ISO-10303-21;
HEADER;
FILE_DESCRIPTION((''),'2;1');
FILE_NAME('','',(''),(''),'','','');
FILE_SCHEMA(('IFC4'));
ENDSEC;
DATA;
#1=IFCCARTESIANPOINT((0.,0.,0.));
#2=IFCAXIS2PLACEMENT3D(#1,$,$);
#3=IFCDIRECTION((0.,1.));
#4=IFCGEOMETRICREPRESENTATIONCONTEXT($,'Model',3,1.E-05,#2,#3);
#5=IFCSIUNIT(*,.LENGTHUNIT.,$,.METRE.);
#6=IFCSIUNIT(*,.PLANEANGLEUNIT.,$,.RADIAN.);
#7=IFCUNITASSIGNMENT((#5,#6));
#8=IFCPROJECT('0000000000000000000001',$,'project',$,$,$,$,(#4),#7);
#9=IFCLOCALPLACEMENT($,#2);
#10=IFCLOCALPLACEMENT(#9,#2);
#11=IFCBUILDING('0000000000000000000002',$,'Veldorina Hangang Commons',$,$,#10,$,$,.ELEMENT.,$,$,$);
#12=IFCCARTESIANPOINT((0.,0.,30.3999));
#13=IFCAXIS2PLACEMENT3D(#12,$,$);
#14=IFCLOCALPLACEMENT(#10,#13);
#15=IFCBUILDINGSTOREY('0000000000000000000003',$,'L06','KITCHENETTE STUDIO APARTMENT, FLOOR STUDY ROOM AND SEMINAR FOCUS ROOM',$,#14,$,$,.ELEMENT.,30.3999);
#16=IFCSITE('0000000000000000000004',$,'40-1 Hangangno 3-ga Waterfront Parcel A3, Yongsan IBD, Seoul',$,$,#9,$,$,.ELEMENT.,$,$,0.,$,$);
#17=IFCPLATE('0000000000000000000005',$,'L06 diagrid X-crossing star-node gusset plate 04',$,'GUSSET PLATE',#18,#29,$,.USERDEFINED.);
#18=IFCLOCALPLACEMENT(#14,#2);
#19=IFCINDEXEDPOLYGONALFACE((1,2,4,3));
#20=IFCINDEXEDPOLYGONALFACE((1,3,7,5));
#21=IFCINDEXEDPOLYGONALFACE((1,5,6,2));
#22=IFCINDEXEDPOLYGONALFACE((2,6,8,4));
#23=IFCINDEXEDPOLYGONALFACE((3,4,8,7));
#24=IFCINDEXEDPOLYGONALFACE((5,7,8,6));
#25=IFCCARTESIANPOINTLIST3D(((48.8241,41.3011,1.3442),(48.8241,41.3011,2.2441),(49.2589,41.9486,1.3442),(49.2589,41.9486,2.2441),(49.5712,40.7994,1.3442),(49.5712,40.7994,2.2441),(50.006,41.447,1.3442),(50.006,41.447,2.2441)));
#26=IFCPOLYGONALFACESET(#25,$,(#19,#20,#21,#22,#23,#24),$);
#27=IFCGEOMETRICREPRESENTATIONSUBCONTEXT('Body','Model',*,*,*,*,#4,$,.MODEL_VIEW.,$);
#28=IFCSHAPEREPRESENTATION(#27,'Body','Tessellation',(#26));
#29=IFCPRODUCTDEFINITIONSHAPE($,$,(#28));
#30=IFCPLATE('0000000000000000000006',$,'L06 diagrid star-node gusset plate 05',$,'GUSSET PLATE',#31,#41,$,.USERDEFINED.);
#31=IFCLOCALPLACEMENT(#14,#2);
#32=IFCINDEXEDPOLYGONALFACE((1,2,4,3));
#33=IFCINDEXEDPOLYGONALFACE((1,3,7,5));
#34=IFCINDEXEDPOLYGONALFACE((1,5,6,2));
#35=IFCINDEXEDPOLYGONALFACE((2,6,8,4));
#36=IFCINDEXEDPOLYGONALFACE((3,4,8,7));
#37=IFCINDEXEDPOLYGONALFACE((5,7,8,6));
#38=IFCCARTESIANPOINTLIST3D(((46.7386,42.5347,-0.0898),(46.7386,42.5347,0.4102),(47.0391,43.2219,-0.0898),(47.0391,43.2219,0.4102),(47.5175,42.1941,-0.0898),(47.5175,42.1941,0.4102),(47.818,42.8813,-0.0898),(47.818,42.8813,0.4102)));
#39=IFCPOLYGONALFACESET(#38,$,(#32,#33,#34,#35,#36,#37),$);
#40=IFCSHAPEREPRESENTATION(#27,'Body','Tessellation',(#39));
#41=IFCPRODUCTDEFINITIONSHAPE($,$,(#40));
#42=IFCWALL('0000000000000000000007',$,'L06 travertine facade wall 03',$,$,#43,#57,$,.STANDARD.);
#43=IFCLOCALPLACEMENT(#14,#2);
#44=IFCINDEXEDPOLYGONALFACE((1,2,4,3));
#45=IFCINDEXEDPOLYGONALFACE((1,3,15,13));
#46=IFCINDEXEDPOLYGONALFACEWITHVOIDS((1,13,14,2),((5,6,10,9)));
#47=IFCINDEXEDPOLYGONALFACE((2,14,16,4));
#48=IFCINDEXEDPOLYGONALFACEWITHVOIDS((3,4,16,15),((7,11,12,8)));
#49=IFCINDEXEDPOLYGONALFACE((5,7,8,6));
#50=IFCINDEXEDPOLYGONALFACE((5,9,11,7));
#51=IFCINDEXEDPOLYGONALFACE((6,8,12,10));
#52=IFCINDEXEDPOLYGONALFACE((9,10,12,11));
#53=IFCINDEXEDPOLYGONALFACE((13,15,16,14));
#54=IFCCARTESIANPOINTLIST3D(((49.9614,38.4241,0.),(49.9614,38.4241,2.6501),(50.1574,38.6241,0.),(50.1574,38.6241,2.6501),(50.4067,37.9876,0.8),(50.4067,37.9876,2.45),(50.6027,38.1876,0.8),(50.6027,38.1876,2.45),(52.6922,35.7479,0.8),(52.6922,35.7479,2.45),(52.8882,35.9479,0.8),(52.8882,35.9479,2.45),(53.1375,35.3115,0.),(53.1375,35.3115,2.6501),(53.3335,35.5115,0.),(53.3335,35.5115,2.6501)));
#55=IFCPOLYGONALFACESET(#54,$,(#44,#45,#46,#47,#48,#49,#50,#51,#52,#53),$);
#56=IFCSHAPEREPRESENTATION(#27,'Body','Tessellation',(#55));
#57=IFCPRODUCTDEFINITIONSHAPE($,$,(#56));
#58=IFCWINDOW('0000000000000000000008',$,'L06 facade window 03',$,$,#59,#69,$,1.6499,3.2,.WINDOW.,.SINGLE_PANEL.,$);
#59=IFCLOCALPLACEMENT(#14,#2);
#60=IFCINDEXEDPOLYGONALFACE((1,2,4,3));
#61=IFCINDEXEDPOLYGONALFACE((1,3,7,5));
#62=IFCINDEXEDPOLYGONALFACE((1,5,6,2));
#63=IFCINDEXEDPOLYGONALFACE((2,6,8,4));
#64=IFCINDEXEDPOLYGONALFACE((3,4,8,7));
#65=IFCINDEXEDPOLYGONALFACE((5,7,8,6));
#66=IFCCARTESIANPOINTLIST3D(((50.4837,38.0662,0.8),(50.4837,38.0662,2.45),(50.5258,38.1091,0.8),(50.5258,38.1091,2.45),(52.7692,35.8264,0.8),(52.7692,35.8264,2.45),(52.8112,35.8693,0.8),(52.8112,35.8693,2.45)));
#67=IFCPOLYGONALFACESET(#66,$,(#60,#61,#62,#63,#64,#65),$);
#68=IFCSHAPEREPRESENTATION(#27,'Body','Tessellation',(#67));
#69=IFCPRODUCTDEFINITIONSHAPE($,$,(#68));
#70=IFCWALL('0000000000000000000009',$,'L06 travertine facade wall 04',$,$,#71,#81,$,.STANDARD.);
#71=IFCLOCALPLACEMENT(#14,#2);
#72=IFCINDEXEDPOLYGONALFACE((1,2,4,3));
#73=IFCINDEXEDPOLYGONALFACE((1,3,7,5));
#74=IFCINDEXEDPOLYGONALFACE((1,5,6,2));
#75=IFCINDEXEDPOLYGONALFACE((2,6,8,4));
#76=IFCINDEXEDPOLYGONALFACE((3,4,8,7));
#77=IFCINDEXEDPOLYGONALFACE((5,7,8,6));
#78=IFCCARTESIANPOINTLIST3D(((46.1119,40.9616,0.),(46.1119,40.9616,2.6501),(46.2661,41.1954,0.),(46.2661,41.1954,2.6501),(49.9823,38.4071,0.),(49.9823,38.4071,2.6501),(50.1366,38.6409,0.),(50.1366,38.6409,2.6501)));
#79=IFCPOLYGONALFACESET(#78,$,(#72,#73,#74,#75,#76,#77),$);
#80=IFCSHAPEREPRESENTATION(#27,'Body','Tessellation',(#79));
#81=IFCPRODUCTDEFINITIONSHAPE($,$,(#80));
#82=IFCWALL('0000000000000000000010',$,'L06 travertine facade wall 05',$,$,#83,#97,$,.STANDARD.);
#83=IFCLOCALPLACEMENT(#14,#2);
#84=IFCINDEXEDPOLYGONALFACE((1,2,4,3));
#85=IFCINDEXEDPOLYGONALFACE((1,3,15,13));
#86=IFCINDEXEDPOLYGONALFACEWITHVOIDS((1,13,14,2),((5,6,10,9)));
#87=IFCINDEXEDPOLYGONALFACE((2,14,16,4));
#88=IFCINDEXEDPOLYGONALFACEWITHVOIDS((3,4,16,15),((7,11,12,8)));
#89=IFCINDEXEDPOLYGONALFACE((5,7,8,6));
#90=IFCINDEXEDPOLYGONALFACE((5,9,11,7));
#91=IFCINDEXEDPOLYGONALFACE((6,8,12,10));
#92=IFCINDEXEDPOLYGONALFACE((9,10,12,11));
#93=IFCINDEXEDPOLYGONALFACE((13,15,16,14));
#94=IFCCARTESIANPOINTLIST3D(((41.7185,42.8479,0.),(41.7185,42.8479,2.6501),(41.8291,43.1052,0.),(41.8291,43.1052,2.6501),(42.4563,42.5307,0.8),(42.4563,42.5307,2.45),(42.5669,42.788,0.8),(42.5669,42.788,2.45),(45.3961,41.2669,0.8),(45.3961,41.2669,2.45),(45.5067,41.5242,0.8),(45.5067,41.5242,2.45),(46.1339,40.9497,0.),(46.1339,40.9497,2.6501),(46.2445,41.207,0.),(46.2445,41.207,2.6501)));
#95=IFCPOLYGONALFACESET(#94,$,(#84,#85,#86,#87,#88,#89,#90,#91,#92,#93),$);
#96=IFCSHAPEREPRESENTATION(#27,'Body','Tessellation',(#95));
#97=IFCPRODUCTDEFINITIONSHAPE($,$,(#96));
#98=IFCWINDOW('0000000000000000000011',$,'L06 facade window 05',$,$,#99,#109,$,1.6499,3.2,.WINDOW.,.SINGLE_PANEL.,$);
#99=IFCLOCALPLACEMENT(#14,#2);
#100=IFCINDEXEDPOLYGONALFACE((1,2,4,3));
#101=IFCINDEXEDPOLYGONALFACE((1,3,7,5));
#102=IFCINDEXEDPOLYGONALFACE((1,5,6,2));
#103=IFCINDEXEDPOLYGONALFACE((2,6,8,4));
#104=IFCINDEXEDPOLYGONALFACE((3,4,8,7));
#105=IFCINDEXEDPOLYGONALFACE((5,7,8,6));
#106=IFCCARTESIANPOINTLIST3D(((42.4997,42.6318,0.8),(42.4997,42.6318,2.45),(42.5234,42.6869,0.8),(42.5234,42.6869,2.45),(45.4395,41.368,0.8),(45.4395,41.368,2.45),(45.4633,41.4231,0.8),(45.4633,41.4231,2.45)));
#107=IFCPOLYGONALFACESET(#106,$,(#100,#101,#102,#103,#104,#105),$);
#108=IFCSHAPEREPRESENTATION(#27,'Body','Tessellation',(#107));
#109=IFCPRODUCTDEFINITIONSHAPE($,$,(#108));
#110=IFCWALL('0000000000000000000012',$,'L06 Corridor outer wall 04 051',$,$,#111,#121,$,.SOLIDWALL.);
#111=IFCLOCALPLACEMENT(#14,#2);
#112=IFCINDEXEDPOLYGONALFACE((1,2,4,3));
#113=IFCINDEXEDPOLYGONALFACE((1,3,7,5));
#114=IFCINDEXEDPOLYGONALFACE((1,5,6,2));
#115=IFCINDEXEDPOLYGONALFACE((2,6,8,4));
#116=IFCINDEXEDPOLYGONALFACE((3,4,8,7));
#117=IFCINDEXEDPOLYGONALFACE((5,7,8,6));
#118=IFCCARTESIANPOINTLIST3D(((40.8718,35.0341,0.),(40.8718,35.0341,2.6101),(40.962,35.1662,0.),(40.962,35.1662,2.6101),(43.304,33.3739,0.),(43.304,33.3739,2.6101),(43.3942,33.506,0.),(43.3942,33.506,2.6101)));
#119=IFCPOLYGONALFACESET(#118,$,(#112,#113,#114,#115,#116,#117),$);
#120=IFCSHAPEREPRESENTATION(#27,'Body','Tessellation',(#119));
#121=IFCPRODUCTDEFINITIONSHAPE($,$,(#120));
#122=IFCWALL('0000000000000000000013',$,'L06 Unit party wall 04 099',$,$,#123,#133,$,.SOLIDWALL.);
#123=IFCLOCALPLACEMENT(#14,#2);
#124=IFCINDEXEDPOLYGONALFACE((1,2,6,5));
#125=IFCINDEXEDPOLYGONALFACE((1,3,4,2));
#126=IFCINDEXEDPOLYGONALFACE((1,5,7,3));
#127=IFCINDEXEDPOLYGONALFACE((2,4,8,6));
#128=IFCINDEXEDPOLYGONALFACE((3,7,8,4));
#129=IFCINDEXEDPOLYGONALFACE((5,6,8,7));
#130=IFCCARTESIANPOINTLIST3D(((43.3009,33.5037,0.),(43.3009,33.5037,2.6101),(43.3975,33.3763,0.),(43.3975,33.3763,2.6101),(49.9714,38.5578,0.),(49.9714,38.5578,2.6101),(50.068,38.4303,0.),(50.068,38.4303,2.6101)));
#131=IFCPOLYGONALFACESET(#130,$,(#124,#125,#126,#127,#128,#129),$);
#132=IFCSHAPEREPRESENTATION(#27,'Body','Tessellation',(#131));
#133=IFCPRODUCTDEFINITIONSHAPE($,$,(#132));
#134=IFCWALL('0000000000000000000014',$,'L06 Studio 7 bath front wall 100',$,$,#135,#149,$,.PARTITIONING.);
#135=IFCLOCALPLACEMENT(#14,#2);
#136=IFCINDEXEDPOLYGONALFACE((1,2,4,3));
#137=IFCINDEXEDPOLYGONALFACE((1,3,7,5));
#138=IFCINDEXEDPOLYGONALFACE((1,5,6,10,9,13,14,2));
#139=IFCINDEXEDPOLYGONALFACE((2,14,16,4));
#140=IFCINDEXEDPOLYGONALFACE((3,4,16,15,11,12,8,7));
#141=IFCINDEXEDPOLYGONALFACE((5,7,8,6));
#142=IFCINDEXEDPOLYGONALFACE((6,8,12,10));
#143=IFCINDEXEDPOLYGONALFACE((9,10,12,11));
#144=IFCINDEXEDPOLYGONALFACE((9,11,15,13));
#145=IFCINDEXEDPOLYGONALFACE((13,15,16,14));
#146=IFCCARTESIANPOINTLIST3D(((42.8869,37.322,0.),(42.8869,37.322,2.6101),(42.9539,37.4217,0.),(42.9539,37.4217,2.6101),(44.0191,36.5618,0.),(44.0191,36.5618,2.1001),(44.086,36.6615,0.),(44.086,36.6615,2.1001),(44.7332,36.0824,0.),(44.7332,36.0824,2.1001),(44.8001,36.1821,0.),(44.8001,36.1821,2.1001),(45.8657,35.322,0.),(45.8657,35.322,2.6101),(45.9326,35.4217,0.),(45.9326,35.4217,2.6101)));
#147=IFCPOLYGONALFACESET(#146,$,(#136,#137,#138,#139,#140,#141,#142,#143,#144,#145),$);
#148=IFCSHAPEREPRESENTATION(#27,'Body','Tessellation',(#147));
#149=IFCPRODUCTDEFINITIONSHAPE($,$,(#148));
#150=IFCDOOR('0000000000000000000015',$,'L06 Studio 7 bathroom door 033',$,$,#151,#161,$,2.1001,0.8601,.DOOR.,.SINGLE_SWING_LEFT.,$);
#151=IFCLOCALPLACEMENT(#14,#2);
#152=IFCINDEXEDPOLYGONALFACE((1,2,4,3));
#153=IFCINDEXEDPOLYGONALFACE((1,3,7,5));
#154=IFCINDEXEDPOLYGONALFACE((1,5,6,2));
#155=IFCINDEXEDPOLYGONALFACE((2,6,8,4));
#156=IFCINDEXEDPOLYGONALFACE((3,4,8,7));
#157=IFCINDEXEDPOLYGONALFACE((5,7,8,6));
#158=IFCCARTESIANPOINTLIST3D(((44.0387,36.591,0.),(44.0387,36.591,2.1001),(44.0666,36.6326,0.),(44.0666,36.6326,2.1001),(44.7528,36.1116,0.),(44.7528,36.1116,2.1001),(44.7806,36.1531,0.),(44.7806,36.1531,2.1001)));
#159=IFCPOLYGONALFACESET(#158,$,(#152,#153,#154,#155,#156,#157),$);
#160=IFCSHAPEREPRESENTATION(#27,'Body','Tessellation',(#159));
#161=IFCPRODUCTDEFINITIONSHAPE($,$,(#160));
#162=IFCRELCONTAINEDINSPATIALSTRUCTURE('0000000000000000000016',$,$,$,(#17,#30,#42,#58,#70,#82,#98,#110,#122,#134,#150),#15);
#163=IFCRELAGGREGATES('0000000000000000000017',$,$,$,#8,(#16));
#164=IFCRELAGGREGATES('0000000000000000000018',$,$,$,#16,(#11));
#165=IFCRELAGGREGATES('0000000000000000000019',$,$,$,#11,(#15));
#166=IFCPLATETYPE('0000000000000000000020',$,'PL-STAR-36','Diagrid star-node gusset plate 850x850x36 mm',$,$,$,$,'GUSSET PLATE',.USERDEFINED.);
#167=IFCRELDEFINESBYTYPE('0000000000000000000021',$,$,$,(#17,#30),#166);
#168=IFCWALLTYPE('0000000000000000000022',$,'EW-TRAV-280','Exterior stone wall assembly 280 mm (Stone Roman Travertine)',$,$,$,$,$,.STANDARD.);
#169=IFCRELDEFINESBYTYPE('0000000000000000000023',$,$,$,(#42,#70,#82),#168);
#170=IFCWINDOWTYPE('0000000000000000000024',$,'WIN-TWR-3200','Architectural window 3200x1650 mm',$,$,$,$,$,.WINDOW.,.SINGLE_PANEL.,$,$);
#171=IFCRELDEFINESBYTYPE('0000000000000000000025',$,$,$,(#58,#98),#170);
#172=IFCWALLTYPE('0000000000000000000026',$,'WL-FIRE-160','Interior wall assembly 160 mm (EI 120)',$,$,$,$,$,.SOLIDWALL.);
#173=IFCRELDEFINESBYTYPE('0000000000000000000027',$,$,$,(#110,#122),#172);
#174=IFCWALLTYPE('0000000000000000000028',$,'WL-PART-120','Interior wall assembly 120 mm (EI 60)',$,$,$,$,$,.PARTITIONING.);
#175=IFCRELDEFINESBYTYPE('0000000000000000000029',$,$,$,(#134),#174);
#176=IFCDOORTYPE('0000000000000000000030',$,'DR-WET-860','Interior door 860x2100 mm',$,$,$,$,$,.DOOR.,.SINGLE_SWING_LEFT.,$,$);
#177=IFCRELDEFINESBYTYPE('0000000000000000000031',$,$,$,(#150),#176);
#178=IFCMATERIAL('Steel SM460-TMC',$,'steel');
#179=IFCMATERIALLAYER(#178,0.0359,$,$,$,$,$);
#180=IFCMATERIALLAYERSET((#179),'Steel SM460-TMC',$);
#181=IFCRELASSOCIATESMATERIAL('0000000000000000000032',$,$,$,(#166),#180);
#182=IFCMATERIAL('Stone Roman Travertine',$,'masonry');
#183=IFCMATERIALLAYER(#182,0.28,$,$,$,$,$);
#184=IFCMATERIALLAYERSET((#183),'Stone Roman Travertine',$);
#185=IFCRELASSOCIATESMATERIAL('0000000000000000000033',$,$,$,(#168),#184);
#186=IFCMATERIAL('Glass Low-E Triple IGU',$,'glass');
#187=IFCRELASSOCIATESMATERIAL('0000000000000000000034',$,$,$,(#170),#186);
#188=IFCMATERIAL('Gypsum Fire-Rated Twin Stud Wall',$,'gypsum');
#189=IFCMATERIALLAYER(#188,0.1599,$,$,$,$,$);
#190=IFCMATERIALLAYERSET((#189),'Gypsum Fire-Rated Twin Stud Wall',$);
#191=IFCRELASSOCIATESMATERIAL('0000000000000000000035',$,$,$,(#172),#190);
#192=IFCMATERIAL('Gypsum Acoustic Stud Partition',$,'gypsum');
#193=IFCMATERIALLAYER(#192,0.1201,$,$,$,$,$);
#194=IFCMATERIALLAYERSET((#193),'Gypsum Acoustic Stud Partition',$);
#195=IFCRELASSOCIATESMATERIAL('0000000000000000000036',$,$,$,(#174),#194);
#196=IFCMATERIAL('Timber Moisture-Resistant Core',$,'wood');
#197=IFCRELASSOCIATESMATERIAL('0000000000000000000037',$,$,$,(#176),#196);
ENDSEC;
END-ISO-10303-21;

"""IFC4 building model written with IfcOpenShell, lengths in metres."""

from ifc_helpers import new_model, si_unit, direction, frame, frame_2d, origin, origin_2d, place, context, subcontext, project, spatial, rectangle, extrude, material, layer, layer_set, type_object, element, fill, save


model = new_model("IFC4")

# Units and contexts
model_context = context("Model", 3, precision=1e-05, world=origin(), true_north=direction((0.0, 1.0)))
body_context = subcontext(model_context, "Body", "Model", "MODEL_VIEW")
ifc_project = project(units=[si_unit("LENGTHUNIT", "METRE"), si_unit("PLANEANGLEUNIT", "RADIAN")], contexts=[model_context])

# Site, building, storey
site_placement = place(None, origin())
site = spatial("IfcSite", under=ifc_project, at=site_placement, Name="40-1 Hangangno 3-ga Waterfront Parcel A3, Yongsan IBD, Seoul", CompositionType="ELEMENT", RefElevation=0.0)
building_placement = place(site_placement, origin())
building = spatial("IfcBuilding", under=site, at=building_placement, Name="Veldorina Hangang Commons", CompositionType="ELEMENT")
storey_placement = place(building_placement, frame((0.0, 0.0, 30.3999)))
storey = spatial("IfcBuildingStorey", under=building, at=storey_placement, Name="L06", Description="KITCHENETTE STUDIO APARTMENT, FLOOR STUDY ROOM AND SEMINAR FOCUS ROOM", CompositionType="ELEMENT", Elevation=30.3999)

# Shared definitions
ifc_material_1 = material(Name="Steel SM460-TMC", Category="steel")

# Plates
ifc_layer_1 = layer(ifc_material_1, 0.0359)
ifc_layer_set_1 = layer_set([ifc_layer_1], Name="Steel SM460-TMC")
plate_type = type_object("IfcPlateType", Name="PL-STAR-36", Description="Diagrid star-node gusset plate 850x850x36 mm", ElementType="GUSSET PLATE", PredefinedType="USERDEFINED", material=ifc_layer_set_1)
plate_1_placement = place(storey_placement, frame((49.415, 41.374, 1.3442), z_axis=(0.0, 0.0, 1.0), x_axis=(-0.830197, 0.55747, 0.0)))
element("IfcPlate", 1, at=plate_1_placement, inside=storey, type_object=plate_type, Name="L06 diagrid X-crossing star-node gusset plate 04", ObjectType="GUSSET PLATE", PredefinedType="USERDEFINED", context=body_context, shape_type="SweptSolid", body=[
    extrude(rectangle(XDim=0.8999, YDim=0.78, at=origin_2d()), origin(), (0.0, 0.0, 1.0), 0.8999),
])
plate_2_placement = place(storey_placement, frame((47.2783, 42.708, -0.0898), z_axis=(0.0, 0.0, 1.0), x_axis=(-0.916216, 0.400685, 0.0)))
element("IfcPlate", 2, at=plate_2_placement, inside=storey, type_object=plate_type, Name="L06 diagrid star-node gusset plate 05", ObjectType="GUSSET PLATE", PredefinedType="USERDEFINED", context=body_context, shape_type="SweptSolid", body=[
    extrude(rectangle(XDim=0.8501, YDim=0.75, at=origin_2d()), origin(), (0.0, 0.0, 1.0), 0.5),
])

# Wall, opening, window
ifc_material_2 = material(Name="Stone Roman Travertine", Category="masonry")
ifc_layer_2 = layer(ifc_material_2, 0.28)
ifc_layer_set_2 = layer_set([ifc_layer_2], Name="Stone Roman Travertine")
wall_type_1 = type_object("IfcWallType", Name="EW-TRAV-280", Description="Exterior stone wall assembly 280 mm (Stone Roman Travertine)", PredefinedType="STANDARD", material=ifc_layer_set_2)
wall_1_placement = place(storey_placement, frame((53.2356, 35.4114, 0.0), z_axis=(0.0, 0.0, 1.0), x_axis=(-0.714208, 0.699934, 0.0)))
wall_1 = element("IfcWall", 3, at=wall_1_placement, inside=storey, type_object=wall_type_1, Name="L06 travertine facade wall 03", PredefinedType="STANDARD", context=body_context, shape_type="SweptSolid", body=[
    extrude(rectangle(XDim=4.447, YDim=0.28, at=frame_2d((2.2236, 0.0))), origin(), (0.0, 0.0, 1.0), 2.6501),
])
opening_1_placement = place(wall_1_placement, frame((0.6235, 0.0, 0.8)))
opening_1 = element("IfcOpeningElement", 4, at=opening_1_placement, cuts=wall_1, PredefinedType="OPENING", context=body_context, shape_type="SweptSolid", body=[
    extrude(rectangle(XDim=3.2, YDim=1.6499, at=frame_2d((1.6001, 0.825))), frame((0.0, 0.1499, 0.0), z_axis=(0.0, -1.0, 0.0), x_axis=(1.0, 0.0, 0.0)), (0.0, 0.0, 1.0), 0.3),
])
ifc_material_3 = material(Name="Glass Low-E Triple IGU", Category="glass")
window_type = type_object("IfcWindowType", Name="WIN-TWR-3200", Description="Architectural window 3200x1650 mm", PartitioningType="SINGLE_PANEL", PredefinedType="WINDOW", material=ifc_material_3)
window_1_placement = place(opening_1_placement, origin())
window_1 = element("IfcWindow", 5, at=window_1_placement, inside=storey, type_object=window_type, Name="L06 facade window 03", OverallHeight=1.6499, OverallWidth=3.2, PartitioningType="SINGLE_PANEL", PredefinedType="WINDOW", context=body_context, shape_type="SweptSolid", body=[
    extrude(rectangle(XDim=3.2, YDim=1.6499, at=frame_2d((1.6001, 0.825))), frame((0.0, 0.03, 0.0), z_axis=(0.0, -1.0, 0.0), x_axis=(1.0, 0.0, 0.0)), (0.0, 0.0, 1.0), 0.0601),
])
fill(opening_1, window_1)

# Wall
wall_2_placement = place(storey_placement, frame((50.0596, 38.5239, 0.0), z_axis=(0.0, 0.0, 1.0), x_axis=(-0.834609, 0.550843, 0.0)))
element("IfcWall", 6, at=wall_2_placement, inside=storey, type_object=wall_type_1, Name="L06 travertine facade wall 04", PredefinedType="STANDARD", context=body_context, shape_type="SweptSolid", body=[
    extrude(rectangle(XDim=4.6375, YDim=0.28, at=frame_2d((2.3188, 0.0))), origin(), (0.0, 0.0, 1.0), 2.6501),
])

# Wall, opening, window
wall_3_placement = place(storey_placement, frame((46.1892, 41.0784, 0.0), z_axis=(0.0, 0.0, 1.0), x_axis=(-0.918706, 0.394943, 0.0)))
wall_3 = element("IfcWall", 7, at=wall_3_placement, inside=storey, type_object=wall_type_1, Name="L06 travertine facade wall 05", PredefinedType="STANDARD", context=body_context, shape_type="SweptSolid", body=[
    extrude(rectangle(XDim=4.8062, YDim=0.28, at=frame_2d((2.4031, 0.0))), origin(), (0.0, 0.0, 1.0), 2.6501),
])
opening_2_placement = place(wall_3_placement, frame((0.803, 0.0, 0.8)))
opening_2 = element("IfcOpeningElement", 8, at=opening_2_placement, cuts=wall_3, PredefinedType="OPENING", context=body_context, shape_type="SweptSolid", body=[
    extrude(rectangle(XDim=3.2, YDim=1.6499, at=frame_2d((1.6001, 0.825))), frame((0.0, 0.1499, 0.0), z_axis=(0.0, -1.0, 0.0), x_axis=(1.0, 0.0, 0.0)), (0.0, 0.0, 1.0), 0.3),
])
window_2_placement = place(opening_2_placement, origin())
window_2 = element("IfcWindow", 9, at=window_2_placement, inside=storey, type_object=window_type, Name="L06 facade window 05", OverallHeight=1.6499, OverallWidth=3.2, PartitioningType="SINGLE_PANEL", PredefinedType="WINDOW", context=body_context, shape_type="SweptSolid", body=[
    extrude(rectangle(XDim=3.2, YDim=1.6499, at=frame_2d((1.6001, 0.825))), frame((0.0, 0.03, 0.0), z_axis=(0.0, -1.0, 0.0), x_axis=(1.0, 0.0, 0.0)), (0.0, 0.0, 1.0), 0.0601),
])
fill(opening_2, window_2)

# Walls
ifc_material_4 = material(Name="Gypsum Fire-Rated Twin Stud Wall", Category="gypsum")
ifc_layer_3 = layer(ifc_material_4, 0.1599)
ifc_layer_set_3 = layer_set([ifc_layer_3], Name="Gypsum Fire-Rated Twin Stud Wall")
wall_type_2 = type_object("IfcWallType", Name="WL-FIRE-160", Description="Interior wall assembly 160 mm (EI 120)", PredefinedType="SOLIDWALL", material=ifc_layer_set_3)
wall_4_placement = place(storey_placement, frame((43.3491, 33.4399, 0.0), z_axis=(0.0, 0.0, 1.0), x_axis=(-0.825929, 0.563774, 0.0)))
element("IfcWall", 10, at=wall_4_placement, inside=storey, type_object=wall_type_2, Name="L06 Corridor outer wall 04 051", PredefinedType="SOLIDWALL", context=body_context, shape_type="SweptSolid", body=[
    extrude(rectangle(XDim=2.9448, YDim=0.1599, at=frame_2d((1.4724, 0.0))), origin(), (0.0, 0.0, 1.0), 2.6101),
])
wall_5_placement = place(storey_placement, frame((43.3491, 33.4399, 0.0), z_axis=(0.0, 0.0, 1.0), x_axis=(0.797057, 0.603904, 0.0)))
element("IfcWall", 11, at=wall_5_placement, inside=storey, type_object=wall_type_2, Name="L06 Unit party wall 04 099", PredefinedType="SOLIDWALL", context=body_context, shape_type="SweptSolid", body=[
    extrude(rectangle(XDim=8.3689, YDim=0.1599, at=frame_2d((4.1846, 0.0))), origin(), (0.0, 0.0, 1.0), 2.6101),
])

# Wall, opening, door
ifc_material_5 = material(Name="Gypsum Acoustic Stud Partition", Category="gypsum")
ifc_layer_4 = layer(ifc_material_5, 0.1201)
ifc_layer_set_4 = layer_set([ifc_layer_4], Name="Gypsum Acoustic Stud Partition")
wall_type_3 = type_object("IfcWallType", Name="WL-PART-120", Description="Interior wall assembly 120 mm (EI 60)", PredefinedType="PARTITIONING", material=ifc_layer_set_4)
wall_6_placement = place(storey_placement, frame((45.8992, 35.3718, 0.0), z_axis=(0.0, 0.0, 1.0), x_axis=(-0.830224, 0.557429, 0.0)))
wall_6 = element("IfcWall", 12, at=wall_6_placement, inside=storey, type_object=wall_type_3, Name="L06 Studio 7 bath front wall 100", PredefinedType="PARTITIONING", context=body_context, shape_type="SweptSolid", body=[
    extrude(rectangle(XDim=3.5879, YDim=0.1201, at=frame_2d((1.7939, 0.0))), origin(), (0.0, 0.0, 1.0), 2.6101),
])
opening_3_placement = place(wall_6_placement, frame((1.364, 0.0, 0.0)))
opening_3 = element("IfcOpeningElement", 13, at=opening_3_placement, cuts=wall_6, PredefinedType="OPENING", context=body_context, shape_type="SweptSolid", body=[
    extrude(rectangle(XDim=0.8601, YDim=2.1001, at=frame_2d((0.4302, 1.05))), frame((0.0, 0.0701, 0.0), z_axis=(0.0, -1.0, 0.0), x_axis=(1.0, 0.0, 0.0)), (0.0, 0.0, 1.0), 0.1401),
])
ifc_material_6 = material(Name="Timber Moisture-Resistant Core", Category="wood")
door_type = type_object("IfcDoorType", Name="DR-WET-860", Description="Interior door 860x2100 mm", OperationType="SINGLE_SWING_LEFT", PredefinedType="DOOR", material=ifc_material_6)
door_placement = place(opening_3_placement, origin())
door = element("IfcDoor", 14, at=door_placement, inside=storey, type_object=door_type, Name="L06 Studio 7 bathroom door 033", OperationType="SINGLE_SWING_LEFT", OverallHeight=2.1001, OverallWidth=0.8601, PredefinedType="DOOR", context=body_context, shape_type="SweptSolid", body=[
    extrude(rectangle(XDim=0.8601, YDim=2.1001, at=frame_2d((0.4302, 1.05))), frame((0.0, 0.0249, 0.0), z_axis=(0.0, -1.0, 0.0), x_axis=(1.0, 0.0, 0.0)), (0.0, 0.0, 1.0), 0.05),
])
fill(opening_3, door)

save(model, "model.ifc")
